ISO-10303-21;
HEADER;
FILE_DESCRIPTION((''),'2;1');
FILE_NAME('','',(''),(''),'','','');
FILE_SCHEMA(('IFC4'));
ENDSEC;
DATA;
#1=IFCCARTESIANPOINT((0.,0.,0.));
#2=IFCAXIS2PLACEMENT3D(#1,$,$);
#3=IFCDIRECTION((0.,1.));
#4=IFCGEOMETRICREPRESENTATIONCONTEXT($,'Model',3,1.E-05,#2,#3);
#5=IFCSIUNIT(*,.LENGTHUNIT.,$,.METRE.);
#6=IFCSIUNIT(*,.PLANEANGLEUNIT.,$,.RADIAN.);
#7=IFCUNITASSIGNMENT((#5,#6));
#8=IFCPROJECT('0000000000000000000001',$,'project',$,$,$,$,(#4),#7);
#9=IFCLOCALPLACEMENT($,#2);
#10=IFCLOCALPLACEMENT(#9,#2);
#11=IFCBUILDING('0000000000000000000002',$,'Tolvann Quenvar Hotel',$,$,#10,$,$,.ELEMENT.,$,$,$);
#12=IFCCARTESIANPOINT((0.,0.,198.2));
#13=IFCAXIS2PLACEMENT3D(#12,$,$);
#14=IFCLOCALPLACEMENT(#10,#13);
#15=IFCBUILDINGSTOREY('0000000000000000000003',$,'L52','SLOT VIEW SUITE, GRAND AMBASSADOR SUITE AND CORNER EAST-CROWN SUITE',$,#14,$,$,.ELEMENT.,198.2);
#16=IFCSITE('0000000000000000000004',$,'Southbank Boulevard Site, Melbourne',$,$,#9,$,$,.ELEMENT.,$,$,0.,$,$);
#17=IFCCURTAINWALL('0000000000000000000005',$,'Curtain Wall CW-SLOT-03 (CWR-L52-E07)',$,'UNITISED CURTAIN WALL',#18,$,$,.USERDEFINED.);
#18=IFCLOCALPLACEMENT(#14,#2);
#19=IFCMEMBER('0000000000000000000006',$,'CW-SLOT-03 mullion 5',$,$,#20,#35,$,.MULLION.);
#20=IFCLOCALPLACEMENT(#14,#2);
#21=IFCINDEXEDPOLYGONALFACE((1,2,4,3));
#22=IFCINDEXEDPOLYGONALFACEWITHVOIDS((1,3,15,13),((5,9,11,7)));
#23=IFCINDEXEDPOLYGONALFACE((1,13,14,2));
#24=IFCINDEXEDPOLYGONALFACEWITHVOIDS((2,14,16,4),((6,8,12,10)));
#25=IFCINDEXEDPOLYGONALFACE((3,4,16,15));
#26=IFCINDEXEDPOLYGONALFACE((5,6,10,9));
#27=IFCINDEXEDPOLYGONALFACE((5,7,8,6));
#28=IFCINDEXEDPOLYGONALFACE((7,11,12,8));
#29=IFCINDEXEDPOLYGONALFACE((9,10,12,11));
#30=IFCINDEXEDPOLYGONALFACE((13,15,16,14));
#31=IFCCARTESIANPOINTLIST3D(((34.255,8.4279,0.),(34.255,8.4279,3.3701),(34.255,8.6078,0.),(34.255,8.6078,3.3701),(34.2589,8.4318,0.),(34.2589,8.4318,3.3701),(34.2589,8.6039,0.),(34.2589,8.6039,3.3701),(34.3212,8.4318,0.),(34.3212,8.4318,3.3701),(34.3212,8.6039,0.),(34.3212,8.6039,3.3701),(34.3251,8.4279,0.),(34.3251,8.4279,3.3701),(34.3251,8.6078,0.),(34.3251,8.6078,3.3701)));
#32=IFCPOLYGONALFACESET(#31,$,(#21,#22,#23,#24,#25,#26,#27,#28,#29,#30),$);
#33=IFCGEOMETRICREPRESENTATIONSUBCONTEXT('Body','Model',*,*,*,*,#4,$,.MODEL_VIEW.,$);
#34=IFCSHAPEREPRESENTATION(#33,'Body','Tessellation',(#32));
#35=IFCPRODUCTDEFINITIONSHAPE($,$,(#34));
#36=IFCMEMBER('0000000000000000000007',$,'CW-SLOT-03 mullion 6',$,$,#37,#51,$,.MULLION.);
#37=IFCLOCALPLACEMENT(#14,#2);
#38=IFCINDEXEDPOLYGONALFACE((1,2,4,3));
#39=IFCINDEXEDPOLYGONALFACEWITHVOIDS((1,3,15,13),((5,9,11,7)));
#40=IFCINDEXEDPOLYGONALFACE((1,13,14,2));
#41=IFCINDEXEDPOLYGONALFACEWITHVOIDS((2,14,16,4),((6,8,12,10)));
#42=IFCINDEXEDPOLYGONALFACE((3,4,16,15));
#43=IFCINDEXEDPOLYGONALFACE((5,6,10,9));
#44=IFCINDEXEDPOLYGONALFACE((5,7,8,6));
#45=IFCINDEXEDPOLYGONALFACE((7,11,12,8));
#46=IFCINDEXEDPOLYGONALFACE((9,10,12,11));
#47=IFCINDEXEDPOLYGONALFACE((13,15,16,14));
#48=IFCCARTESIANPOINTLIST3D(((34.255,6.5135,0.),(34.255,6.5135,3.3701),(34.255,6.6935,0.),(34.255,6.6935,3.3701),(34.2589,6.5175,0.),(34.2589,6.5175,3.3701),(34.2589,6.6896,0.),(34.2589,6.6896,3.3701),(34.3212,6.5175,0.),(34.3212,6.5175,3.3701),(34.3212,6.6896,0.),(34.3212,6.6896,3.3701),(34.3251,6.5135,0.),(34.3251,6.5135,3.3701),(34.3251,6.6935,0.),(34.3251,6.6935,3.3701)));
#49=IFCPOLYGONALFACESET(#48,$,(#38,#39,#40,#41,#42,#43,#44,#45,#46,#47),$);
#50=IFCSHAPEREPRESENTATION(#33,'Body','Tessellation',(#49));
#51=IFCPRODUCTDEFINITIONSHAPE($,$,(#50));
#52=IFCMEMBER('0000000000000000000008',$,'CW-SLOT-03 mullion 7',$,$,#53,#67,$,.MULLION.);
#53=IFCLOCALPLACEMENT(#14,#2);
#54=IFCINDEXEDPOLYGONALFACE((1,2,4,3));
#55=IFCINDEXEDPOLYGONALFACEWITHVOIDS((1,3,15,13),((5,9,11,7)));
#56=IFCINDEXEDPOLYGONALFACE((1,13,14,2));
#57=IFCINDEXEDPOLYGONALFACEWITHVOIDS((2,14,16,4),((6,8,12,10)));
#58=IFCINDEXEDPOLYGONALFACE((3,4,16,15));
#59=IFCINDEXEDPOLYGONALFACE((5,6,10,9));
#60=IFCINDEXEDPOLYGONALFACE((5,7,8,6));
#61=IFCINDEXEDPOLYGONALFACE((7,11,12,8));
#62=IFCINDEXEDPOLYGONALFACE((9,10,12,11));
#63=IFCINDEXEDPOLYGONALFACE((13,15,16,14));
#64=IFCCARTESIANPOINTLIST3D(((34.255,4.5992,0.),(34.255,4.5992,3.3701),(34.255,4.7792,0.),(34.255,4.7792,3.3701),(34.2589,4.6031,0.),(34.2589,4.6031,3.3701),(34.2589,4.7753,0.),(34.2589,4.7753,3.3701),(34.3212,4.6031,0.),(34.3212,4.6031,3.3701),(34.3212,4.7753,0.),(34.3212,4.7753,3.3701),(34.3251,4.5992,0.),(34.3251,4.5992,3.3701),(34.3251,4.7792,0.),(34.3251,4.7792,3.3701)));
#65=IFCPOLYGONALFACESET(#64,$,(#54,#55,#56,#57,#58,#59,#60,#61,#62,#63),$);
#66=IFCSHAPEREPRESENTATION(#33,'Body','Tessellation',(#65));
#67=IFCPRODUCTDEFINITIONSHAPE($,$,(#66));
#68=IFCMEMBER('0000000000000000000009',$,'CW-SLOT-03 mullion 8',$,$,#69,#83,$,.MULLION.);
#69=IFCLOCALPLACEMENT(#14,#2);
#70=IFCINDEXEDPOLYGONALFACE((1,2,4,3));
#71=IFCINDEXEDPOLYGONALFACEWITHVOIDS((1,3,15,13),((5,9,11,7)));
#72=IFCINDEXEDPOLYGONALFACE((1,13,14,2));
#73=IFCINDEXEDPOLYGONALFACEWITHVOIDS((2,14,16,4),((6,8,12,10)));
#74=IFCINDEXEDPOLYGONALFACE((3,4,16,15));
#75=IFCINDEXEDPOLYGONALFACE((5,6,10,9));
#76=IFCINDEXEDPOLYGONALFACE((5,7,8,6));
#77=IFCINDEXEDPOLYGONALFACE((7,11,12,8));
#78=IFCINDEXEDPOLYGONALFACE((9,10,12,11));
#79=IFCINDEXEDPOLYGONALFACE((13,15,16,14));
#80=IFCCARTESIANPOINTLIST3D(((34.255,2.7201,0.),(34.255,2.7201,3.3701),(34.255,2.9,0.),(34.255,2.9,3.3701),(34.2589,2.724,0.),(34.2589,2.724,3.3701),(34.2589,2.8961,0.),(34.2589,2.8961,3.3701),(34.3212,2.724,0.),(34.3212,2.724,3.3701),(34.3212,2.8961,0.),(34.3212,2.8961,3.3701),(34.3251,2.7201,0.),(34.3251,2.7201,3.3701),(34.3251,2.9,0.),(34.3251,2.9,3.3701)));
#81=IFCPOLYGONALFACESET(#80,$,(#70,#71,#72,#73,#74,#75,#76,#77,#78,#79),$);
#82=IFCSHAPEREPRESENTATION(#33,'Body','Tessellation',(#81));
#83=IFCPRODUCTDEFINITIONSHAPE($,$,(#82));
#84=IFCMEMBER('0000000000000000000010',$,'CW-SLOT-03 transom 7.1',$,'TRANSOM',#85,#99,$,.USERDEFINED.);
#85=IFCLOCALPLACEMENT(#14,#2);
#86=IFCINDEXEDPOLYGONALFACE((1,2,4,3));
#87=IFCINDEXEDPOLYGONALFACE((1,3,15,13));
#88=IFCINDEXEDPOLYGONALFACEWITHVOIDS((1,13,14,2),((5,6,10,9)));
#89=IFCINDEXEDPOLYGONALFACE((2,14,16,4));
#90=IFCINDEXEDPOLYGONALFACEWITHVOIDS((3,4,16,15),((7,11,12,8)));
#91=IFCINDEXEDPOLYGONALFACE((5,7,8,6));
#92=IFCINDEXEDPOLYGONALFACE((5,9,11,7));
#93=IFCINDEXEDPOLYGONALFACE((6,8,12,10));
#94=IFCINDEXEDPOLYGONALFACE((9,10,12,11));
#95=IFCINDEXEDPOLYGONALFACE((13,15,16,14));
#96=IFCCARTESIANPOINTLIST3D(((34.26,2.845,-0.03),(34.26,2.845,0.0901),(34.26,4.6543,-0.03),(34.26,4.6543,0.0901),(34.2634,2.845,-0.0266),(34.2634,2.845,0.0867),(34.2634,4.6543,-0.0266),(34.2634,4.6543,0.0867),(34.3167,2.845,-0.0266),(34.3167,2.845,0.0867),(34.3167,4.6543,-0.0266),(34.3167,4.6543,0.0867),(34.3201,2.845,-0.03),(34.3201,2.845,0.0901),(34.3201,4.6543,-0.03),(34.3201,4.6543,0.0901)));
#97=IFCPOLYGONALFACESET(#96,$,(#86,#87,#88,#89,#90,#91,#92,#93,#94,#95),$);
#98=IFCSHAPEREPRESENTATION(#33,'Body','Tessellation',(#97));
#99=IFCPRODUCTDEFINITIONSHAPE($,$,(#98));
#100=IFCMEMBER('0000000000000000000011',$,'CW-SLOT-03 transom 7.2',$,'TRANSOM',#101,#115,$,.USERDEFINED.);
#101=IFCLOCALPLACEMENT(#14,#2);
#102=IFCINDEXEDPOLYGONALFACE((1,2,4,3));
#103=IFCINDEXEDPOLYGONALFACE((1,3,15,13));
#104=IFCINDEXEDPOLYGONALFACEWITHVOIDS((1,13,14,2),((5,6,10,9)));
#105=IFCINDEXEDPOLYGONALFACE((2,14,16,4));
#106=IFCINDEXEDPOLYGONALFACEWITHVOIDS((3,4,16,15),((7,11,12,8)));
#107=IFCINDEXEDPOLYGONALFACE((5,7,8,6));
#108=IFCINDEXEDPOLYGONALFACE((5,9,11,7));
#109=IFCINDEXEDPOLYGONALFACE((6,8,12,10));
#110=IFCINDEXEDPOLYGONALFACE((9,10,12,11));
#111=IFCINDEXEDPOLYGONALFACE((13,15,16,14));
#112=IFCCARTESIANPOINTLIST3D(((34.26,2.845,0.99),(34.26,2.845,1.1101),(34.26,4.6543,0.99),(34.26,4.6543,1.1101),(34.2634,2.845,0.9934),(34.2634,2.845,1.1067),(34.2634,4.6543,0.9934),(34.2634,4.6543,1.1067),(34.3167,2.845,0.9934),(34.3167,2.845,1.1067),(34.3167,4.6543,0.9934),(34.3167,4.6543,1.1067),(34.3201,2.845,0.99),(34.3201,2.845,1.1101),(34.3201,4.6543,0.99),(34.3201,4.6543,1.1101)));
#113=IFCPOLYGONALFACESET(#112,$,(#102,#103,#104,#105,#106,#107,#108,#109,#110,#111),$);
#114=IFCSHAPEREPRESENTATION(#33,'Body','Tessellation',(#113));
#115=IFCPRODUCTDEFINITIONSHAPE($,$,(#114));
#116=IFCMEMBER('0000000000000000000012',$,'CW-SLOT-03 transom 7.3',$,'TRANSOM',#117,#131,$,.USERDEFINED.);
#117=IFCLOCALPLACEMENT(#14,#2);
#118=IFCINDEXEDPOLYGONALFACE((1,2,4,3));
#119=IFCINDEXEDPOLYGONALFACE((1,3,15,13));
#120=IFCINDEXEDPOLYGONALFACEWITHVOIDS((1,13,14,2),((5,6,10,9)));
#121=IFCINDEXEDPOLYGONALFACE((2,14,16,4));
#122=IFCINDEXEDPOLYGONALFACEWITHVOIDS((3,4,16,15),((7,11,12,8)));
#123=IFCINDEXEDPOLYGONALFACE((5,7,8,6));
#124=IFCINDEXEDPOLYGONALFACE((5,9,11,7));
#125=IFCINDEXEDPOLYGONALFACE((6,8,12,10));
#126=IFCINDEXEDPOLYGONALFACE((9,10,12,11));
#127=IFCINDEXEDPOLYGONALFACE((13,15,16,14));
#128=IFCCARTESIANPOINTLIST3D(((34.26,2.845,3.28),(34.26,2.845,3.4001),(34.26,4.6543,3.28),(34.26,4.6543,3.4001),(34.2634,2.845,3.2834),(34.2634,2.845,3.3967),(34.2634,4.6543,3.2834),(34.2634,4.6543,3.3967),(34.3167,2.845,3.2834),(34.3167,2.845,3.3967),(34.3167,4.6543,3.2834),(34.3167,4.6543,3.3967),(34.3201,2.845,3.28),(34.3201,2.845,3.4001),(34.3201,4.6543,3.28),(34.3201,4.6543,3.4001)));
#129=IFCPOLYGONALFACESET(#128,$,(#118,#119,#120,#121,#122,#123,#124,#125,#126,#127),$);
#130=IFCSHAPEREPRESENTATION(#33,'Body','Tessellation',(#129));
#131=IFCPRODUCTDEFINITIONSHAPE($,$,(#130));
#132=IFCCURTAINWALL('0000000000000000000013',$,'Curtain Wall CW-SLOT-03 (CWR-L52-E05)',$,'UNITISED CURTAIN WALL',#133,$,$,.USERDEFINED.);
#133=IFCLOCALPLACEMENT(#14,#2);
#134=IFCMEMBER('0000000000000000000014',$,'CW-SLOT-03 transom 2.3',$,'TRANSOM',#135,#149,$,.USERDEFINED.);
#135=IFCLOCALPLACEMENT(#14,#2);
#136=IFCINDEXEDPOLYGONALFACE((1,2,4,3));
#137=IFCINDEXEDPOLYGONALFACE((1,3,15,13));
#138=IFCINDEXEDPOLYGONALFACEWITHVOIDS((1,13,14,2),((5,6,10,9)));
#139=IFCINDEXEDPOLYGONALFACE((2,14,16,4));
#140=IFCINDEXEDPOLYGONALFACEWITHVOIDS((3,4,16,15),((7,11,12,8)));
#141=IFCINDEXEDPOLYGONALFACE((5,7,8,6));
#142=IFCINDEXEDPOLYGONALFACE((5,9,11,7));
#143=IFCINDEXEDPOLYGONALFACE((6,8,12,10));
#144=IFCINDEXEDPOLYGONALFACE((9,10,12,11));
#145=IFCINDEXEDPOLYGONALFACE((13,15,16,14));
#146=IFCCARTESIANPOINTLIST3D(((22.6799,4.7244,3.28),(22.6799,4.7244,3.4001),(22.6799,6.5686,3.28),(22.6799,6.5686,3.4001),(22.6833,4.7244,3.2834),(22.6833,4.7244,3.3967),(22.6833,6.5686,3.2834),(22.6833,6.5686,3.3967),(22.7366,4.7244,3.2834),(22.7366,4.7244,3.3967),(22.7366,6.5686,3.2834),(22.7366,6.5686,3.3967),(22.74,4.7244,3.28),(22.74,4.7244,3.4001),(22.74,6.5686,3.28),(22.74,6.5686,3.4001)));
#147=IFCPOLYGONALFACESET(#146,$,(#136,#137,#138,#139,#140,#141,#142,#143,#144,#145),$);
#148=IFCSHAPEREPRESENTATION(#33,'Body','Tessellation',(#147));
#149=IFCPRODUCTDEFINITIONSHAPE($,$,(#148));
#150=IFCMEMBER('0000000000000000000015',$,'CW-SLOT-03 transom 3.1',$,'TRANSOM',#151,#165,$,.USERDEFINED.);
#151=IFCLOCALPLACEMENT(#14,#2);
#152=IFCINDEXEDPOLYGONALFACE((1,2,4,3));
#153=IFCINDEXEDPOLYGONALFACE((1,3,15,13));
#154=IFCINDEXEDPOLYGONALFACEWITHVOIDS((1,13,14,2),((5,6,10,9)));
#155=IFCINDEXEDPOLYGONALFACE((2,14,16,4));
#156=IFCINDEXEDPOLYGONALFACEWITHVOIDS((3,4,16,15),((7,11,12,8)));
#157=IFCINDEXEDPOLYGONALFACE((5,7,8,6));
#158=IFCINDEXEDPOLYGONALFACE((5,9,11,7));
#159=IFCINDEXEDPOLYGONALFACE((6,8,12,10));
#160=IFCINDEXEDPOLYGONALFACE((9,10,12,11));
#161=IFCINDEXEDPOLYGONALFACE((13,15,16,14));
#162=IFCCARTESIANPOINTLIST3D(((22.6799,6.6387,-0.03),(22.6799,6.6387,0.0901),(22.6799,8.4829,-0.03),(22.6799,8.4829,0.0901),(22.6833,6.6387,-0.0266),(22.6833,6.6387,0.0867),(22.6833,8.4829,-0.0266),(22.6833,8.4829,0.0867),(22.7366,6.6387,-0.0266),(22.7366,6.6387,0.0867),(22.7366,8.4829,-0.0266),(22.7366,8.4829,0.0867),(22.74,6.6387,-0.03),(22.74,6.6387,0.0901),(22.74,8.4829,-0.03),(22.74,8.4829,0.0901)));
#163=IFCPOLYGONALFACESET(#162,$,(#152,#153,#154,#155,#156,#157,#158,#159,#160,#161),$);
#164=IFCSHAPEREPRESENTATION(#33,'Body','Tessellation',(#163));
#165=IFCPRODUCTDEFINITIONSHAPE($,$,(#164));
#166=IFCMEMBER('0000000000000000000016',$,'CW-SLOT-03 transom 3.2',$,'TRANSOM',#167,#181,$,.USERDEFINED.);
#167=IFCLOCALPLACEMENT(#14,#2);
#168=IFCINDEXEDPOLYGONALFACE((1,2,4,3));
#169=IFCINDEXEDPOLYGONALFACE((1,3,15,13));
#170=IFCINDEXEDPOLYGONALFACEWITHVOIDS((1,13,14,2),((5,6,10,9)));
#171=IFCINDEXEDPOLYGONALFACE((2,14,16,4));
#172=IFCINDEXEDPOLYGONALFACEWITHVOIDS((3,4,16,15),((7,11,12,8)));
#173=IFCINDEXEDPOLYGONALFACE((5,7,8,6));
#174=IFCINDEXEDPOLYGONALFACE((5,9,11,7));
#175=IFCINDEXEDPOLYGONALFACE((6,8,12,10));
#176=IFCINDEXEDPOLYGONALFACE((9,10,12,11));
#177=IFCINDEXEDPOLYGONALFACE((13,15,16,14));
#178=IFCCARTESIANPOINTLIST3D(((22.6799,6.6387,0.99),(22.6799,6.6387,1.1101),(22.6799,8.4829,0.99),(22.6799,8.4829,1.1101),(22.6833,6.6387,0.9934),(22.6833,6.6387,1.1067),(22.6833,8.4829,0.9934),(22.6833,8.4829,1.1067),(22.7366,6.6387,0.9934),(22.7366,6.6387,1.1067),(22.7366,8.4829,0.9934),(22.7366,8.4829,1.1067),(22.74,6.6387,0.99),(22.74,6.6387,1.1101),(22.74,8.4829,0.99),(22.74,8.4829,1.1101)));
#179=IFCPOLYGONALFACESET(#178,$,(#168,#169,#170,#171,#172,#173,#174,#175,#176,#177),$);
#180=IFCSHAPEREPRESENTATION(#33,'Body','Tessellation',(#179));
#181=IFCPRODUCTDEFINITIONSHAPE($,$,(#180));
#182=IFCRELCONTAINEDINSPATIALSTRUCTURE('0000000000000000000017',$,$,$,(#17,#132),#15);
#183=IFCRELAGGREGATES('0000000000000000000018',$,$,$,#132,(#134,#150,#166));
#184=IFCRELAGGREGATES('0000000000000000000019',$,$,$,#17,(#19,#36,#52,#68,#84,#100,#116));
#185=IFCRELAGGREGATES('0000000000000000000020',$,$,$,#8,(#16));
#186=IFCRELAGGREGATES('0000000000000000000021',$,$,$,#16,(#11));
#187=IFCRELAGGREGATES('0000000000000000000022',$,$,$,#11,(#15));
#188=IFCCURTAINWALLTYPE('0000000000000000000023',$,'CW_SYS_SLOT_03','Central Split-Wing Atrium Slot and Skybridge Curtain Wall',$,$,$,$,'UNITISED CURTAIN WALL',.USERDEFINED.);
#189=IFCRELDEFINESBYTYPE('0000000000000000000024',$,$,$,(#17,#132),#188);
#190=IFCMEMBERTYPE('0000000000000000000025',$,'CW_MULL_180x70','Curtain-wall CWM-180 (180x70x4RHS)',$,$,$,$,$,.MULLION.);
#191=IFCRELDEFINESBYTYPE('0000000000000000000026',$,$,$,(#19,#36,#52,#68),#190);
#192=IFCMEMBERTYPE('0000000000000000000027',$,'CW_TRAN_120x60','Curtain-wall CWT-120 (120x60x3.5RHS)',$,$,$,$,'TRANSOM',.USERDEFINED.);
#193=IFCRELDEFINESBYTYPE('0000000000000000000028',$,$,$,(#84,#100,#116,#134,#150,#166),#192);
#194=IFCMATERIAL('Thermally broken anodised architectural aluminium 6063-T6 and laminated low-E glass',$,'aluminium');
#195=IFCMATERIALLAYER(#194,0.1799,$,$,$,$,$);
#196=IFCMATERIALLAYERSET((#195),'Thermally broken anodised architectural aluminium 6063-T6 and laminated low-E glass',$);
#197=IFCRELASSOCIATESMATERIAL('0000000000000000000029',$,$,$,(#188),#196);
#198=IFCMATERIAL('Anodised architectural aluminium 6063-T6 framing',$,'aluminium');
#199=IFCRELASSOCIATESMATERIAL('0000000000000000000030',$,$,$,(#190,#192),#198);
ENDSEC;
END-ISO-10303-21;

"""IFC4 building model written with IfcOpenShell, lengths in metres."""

from ifc_helpers import new_model, si_unit, direction, frame, origin, origin_2d, place, context, subcontext, project, spatial, hollow_rectangle, extrude, source, transform, mapped, material, layer, layer_set, material_profile, profile_set, type_object, type_shapes, element, aggregate, save


model = new_model("IFC4")

# Units and contexts
model_context = context("Model", 3, precision=1e-05, world=origin(), true_north=direction((0.0, 1.0)))
body_context = subcontext(model_context, "Body", "Model", "MODEL_VIEW")
ifc_project = project(units=[si_unit("LENGTHUNIT", "METRE"), si_unit("PLANEANGLEUNIT", "RADIAN")], contexts=[model_context])

# Site, building, storey
site_placement = place(None, origin())
site = spatial("IfcSite", under=ifc_project, at=site_placement, Name="Southbank Boulevard Site, Melbourne", CompositionType="ELEMENT", RefElevation=0.0)
building_placement = place(site_placement, origin())
building = spatial("IfcBuilding", under=site, at=building_placement, Name="Tolvann Quenvar Hotel", CompositionType="ELEMENT")
storey_placement = place(building_placement, frame((0.0, 0.0, 198.2)))
storey = spatial("IfcBuildingStorey", under=building, at=storey_placement, Name="L52", Description="SLOT VIEW SUITE, GRAND AMBASSADOR SUITE AND CORNER EAST-CROWN SUITE", CompositionType="ELEMENT", Elevation=198.2)

# Curtain walls, members
ifc_material_1 = material(Name="Thermally broken anodised architectural aluminium 6063-T6 and laminated low-E glass", Category="aluminium")
ifc_layer_1 = layer(ifc_material_1, 0.1799)
ifc_layer_set_1 = layer_set([ifc_layer_1], Name="Thermally broken anodised architectural aluminium 6063-T6 and laminated low-E glass")
curtain_wall_type = type_object("IfcCurtainWallType", Name="CW_SYS_SLOT_03", Description="Central Split-Wing Atrium Slot and Skybridge Curtain Wall", ElementType="UNITISED CURTAIN WALL", PredefinedType="USERDEFINED", material=ifc_layer_set_1)
curtain_wall_1_placement = place(storey_placement, origin())
curtain_wall_1 = element("IfcCurtainWall", 1, at=curtain_wall_1_placement, inside=storey, type_object=curtain_wall_type, Name="Curtain Wall CW-SLOT-03 (CWR-L52-E07)", ObjectType="UNITISED CURTAIN WALL", PredefinedType="USERDEFINED")
ifc_material_2 = material(Name="Anodised architectural aluminium 6063-T6 framing", Category="aluminium")
ifc_material_profile_1 = material_profile(ifc_material_2, hollow_rectangle(XDim=0.0701, YDim=0.1799, WallThickness=0.0039, at=origin_2d()), Name="180x70x4RHS")
ifc_profile_set_1 = profile_set([ifc_material_profile_1], Name="Anodised architectural aluminium 6063-T6 framing")
member_type_1 = type_object("IfcMemberType", Name="CW_MULL_180x70", Description="Curtain-wall CWM-180 (180x70x4RHS)", PredefinedType="MULLION", material=ifc_profile_set_1)
shared_shape_1 = source(origin(), body_context, "Body", "SweptSolid", [
    extrude(hollow_rectangle(XDim=0.0701, YDim=0.1799, WallThickness=0.0039, at=origin_2d()), origin(), (0.0, 0.0, 1.0), 3.3701),
])
type_shapes(member_type_1, [shared_shape_1])
member_1_placement = place(storey_placement, frame((34.29, 8.5178, 0.0), z_axis=(0.0, 0.0, 1.0), x_axis=(1.0, 0.0, 0.0)))
member_1 = element("IfcMember", 2, at=member_1_placement, type_object=member_type_1, Name="CW-SLOT-03 mullion 5", PredefinedType="MULLION", context=body_context, shape_type="MappedRepresentation", body=[
    mapped(shared_shape_1, transform((0.0, 0.0, 0.0), x_axis=(1.0, 0.0, 0.0), y_axis=(0.0, 1.0, 0.0), z_axis=(0.0, 0.0, 1.0), scale=1.0)),
])
member_2_placement = place(storey_placement, frame((34.29, 6.6035, 0.0), z_axis=(0.0, 0.0, 1.0), x_axis=(1.0, 0.0, 0.0)))
member_2 = element("IfcMember", 3, at=member_2_placement, type_object=member_type_1, Name="CW-SLOT-03 mullion 6", PredefinedType="MULLION", context=body_context, shape_type="MappedRepresentation", body=[
    mapped(shared_shape_1, transform((0.0, 0.0, 0.0), x_axis=(1.0, 0.0, 0.0), y_axis=(0.0, 1.0, 0.0), z_axis=(0.0, 0.0, 1.0), scale=1.0)),
])
member_3_placement = place(storey_placement, frame((34.29, 4.6892, 0.0), z_axis=(0.0, 0.0, 1.0), x_axis=(1.0, 0.0, 0.0)))
member_3 = element("IfcMember", 4, at=member_3_placement, type_object=member_type_1, Name="CW-SLOT-03 mullion 7", PredefinedType="MULLION", context=body_context, shape_type="MappedRepresentation", body=[
    mapped(shared_shape_1, transform((0.0, 0.0, 0.0), x_axis=(1.0, 0.0, 0.0), y_axis=(0.0, 1.0, 0.0), z_axis=(0.0, 0.0, 1.0), scale=1.0)),
])
member_4_placement = place(storey_placement, frame((34.29, 2.8101, 0.0), z_axis=(0.0, 0.0, 1.0), x_axis=(1.0, 0.0, 0.0)))
member_4 = element("IfcMember", 5, at=member_4_placement, type_object=member_type_1, Name="CW-SLOT-03 mullion 8", PredefinedType="MULLION", context=body_context, shape_type="MappedRepresentation", body=[
    mapped(shared_shape_1, transform((0.0, 0.0, 0.0), x_axis=(1.0, 0.0, 0.0), y_axis=(0.0, 1.0, 0.0), z_axis=(0.0, 0.0, 1.0), scale=1.0)),
])
ifc_material_profile_2 = material_profile(ifc_material_2, hollow_rectangle(XDim=0.0601, YDim=0.1201, WallThickness=0.0034, at=origin_2d()), Name="120x60x3.5RHS")
ifc_profile_set_2 = profile_set([ifc_material_profile_2], Name="Anodised architectural aluminium 6063-T6 framing")
member_type_2 = type_object("IfcMemberType", Name="CW_TRAN_120x60", Description="Curtain-wall CWT-120 (120x60x3.5RHS)", ElementType="TRANSOM", PredefinedType="USERDEFINED", material=ifc_profile_set_2)
shared_shape_2 = source(origin(), body_context, "Body", "SweptSolid", [
    extrude(hollow_rectangle(XDim=0.0601, YDim=0.1201, WallThickness=0.0034, at=origin_2d()), origin(), (0.0, 0.0, 1.0), 1.8093),
])
member_5_placement = place(storey_placement, frame((34.29, 4.6543, 0.03), z_axis=(0.0, -1.0, 0.0), x_axis=(1.0, 0.0, 0.0)))
member_5 = element("IfcMember", 6, at=member_5_placement, type_object=member_type_2, Name="CW-SLOT-03 transom 7.1", ObjectType="TRANSOM", PredefinedType="USERDEFINED", context=body_context, shape_type="MappedRepresentation", body=[
    mapped(shared_shape_2, transform((0.0, 0.0, 0.0), x_axis=(1.0, 0.0, 0.0), y_axis=(0.0, 1.0, 0.0), z_axis=(0.0, 0.0, 1.0), scale=1.0)),
])
member_6_placement = place(storey_placement, frame((34.29, 4.6543, 1.05), z_axis=(0.0, -1.0, 0.0), x_axis=(1.0, 0.0, 0.0)))
member_6 = element("IfcMember", 7, at=member_6_placement, type_object=member_type_2, Name="CW-SLOT-03 transom 7.2", ObjectType="TRANSOM", PredefinedType="USERDEFINED", context=body_context, shape_type="MappedRepresentation", body=[
    mapped(shared_shape_2, transform((0.0, 0.0, 0.0), x_axis=(1.0, 0.0, 0.0), y_axis=(0.0, 1.0, 0.0), z_axis=(0.0, 0.0, 1.0), scale=1.0)),
])
member_7_placement = place(storey_placement, frame((34.29, 4.6543, 3.3401), z_axis=(0.0, -1.0, 0.0), x_axis=(1.0, 0.0, 0.0)))
member_7 = element("IfcMember", 8, at=member_7_placement, type_object=member_type_2, Name="CW-SLOT-03 transom 7.3", ObjectType="TRANSOM", PredefinedType="USERDEFINED", context=body_context, shape_type="MappedRepresentation", body=[
    mapped(shared_shape_2, transform((0.0, 0.0, 0.0), x_axis=(1.0, 0.0, 0.0), y_axis=(0.0, 1.0, 0.0), z_axis=(0.0, 0.0, 1.0), scale=1.0)),
])
curtain_wall_2_placement = place(storey_placement, origin())
curtain_wall_2 = element("IfcCurtainWall", 9, at=curtain_wall_2_placement, inside=storey, type_object=curtain_wall_type, Name="Curtain Wall CW-SLOT-03 (CWR-L52-E05)", ObjectType="UNITISED CURTAIN WALL", PredefinedType="USERDEFINED")
shared_shape_3 = source(origin(), body_context, "Body", "SweptSolid", [
    extrude(hollow_rectangle(XDim=0.0601, YDim=0.1201, WallThickness=0.0034, at=origin_2d()), origin(), (0.0, 0.0, 1.0), 1.8442),
])
type_shapes(member_type_2, [shared_shape_2, shared_shape_3])
member_8_placement = place(storey_placement, frame((22.71, 4.7244, 3.3401), z_axis=(0.0, 1.0, 0.0), x_axis=(-1.0, 0.0, 0.0)))
member_8 = element("IfcMember", 10, at=member_8_placement, type_object=member_type_2, Name="CW-SLOT-03 transom 2.3", ObjectType="TRANSOM", PredefinedType="USERDEFINED", context=body_context, shape_type="MappedRepresentation", body=[
    mapped(shared_shape_3, transform((0.0, 0.0, 0.0), x_axis=(1.0, 0.0, 0.0), y_axis=(0.0, 1.0, 0.0), z_axis=(0.0, 0.0, 1.0), scale=1.0)),
])
member_9_placement = place(storey_placement, frame((22.71, 6.6387, 0.03), z_axis=(0.0, 1.0, 0.0), x_axis=(-1.0, 0.0, 0.0)))
member_9 = element("IfcMember", 11, at=member_9_placement, type_object=member_type_2, Name="CW-SLOT-03 transom 3.1", ObjectType="TRANSOM", PredefinedType="USERDEFINED", context=body_context, shape_type="MappedRepresentation", body=[
    mapped(shared_shape_3, transform((0.0, 0.0, 0.0), x_axis=(1.0, 0.0, 0.0), y_axis=(0.0, 1.0, 0.0), z_axis=(0.0, 0.0, 1.0), scale=1.0)),
])
member_10_placement = place(storey_placement, frame((22.71, 6.6387, 1.05), z_axis=(0.0, 1.0, 0.0), x_axis=(-1.0, 0.0, 0.0)))
member_10 = element("IfcMember", 12, at=member_10_placement, type_object=member_type_2, Name="CW-SLOT-03 transom 3.2", ObjectType="TRANSOM", PredefinedType="USERDEFINED", context=body_context, shape_type="MappedRepresentation", body=[
    mapped(shared_shape_3, transform((0.0, 0.0, 0.0), x_axis=(1.0, 0.0, 0.0), y_axis=(0.0, 1.0, 0.0), z_axis=(0.0, 0.0, 1.0), scale=1.0)),
])

aggregate(curtain_wall_2, [member_8, member_9, member_10])
aggregate(curtain_wall_1, [member_1, member_2, member_3, member_4, member_5, member_6, member_7])

save(model, "model.ifc")
